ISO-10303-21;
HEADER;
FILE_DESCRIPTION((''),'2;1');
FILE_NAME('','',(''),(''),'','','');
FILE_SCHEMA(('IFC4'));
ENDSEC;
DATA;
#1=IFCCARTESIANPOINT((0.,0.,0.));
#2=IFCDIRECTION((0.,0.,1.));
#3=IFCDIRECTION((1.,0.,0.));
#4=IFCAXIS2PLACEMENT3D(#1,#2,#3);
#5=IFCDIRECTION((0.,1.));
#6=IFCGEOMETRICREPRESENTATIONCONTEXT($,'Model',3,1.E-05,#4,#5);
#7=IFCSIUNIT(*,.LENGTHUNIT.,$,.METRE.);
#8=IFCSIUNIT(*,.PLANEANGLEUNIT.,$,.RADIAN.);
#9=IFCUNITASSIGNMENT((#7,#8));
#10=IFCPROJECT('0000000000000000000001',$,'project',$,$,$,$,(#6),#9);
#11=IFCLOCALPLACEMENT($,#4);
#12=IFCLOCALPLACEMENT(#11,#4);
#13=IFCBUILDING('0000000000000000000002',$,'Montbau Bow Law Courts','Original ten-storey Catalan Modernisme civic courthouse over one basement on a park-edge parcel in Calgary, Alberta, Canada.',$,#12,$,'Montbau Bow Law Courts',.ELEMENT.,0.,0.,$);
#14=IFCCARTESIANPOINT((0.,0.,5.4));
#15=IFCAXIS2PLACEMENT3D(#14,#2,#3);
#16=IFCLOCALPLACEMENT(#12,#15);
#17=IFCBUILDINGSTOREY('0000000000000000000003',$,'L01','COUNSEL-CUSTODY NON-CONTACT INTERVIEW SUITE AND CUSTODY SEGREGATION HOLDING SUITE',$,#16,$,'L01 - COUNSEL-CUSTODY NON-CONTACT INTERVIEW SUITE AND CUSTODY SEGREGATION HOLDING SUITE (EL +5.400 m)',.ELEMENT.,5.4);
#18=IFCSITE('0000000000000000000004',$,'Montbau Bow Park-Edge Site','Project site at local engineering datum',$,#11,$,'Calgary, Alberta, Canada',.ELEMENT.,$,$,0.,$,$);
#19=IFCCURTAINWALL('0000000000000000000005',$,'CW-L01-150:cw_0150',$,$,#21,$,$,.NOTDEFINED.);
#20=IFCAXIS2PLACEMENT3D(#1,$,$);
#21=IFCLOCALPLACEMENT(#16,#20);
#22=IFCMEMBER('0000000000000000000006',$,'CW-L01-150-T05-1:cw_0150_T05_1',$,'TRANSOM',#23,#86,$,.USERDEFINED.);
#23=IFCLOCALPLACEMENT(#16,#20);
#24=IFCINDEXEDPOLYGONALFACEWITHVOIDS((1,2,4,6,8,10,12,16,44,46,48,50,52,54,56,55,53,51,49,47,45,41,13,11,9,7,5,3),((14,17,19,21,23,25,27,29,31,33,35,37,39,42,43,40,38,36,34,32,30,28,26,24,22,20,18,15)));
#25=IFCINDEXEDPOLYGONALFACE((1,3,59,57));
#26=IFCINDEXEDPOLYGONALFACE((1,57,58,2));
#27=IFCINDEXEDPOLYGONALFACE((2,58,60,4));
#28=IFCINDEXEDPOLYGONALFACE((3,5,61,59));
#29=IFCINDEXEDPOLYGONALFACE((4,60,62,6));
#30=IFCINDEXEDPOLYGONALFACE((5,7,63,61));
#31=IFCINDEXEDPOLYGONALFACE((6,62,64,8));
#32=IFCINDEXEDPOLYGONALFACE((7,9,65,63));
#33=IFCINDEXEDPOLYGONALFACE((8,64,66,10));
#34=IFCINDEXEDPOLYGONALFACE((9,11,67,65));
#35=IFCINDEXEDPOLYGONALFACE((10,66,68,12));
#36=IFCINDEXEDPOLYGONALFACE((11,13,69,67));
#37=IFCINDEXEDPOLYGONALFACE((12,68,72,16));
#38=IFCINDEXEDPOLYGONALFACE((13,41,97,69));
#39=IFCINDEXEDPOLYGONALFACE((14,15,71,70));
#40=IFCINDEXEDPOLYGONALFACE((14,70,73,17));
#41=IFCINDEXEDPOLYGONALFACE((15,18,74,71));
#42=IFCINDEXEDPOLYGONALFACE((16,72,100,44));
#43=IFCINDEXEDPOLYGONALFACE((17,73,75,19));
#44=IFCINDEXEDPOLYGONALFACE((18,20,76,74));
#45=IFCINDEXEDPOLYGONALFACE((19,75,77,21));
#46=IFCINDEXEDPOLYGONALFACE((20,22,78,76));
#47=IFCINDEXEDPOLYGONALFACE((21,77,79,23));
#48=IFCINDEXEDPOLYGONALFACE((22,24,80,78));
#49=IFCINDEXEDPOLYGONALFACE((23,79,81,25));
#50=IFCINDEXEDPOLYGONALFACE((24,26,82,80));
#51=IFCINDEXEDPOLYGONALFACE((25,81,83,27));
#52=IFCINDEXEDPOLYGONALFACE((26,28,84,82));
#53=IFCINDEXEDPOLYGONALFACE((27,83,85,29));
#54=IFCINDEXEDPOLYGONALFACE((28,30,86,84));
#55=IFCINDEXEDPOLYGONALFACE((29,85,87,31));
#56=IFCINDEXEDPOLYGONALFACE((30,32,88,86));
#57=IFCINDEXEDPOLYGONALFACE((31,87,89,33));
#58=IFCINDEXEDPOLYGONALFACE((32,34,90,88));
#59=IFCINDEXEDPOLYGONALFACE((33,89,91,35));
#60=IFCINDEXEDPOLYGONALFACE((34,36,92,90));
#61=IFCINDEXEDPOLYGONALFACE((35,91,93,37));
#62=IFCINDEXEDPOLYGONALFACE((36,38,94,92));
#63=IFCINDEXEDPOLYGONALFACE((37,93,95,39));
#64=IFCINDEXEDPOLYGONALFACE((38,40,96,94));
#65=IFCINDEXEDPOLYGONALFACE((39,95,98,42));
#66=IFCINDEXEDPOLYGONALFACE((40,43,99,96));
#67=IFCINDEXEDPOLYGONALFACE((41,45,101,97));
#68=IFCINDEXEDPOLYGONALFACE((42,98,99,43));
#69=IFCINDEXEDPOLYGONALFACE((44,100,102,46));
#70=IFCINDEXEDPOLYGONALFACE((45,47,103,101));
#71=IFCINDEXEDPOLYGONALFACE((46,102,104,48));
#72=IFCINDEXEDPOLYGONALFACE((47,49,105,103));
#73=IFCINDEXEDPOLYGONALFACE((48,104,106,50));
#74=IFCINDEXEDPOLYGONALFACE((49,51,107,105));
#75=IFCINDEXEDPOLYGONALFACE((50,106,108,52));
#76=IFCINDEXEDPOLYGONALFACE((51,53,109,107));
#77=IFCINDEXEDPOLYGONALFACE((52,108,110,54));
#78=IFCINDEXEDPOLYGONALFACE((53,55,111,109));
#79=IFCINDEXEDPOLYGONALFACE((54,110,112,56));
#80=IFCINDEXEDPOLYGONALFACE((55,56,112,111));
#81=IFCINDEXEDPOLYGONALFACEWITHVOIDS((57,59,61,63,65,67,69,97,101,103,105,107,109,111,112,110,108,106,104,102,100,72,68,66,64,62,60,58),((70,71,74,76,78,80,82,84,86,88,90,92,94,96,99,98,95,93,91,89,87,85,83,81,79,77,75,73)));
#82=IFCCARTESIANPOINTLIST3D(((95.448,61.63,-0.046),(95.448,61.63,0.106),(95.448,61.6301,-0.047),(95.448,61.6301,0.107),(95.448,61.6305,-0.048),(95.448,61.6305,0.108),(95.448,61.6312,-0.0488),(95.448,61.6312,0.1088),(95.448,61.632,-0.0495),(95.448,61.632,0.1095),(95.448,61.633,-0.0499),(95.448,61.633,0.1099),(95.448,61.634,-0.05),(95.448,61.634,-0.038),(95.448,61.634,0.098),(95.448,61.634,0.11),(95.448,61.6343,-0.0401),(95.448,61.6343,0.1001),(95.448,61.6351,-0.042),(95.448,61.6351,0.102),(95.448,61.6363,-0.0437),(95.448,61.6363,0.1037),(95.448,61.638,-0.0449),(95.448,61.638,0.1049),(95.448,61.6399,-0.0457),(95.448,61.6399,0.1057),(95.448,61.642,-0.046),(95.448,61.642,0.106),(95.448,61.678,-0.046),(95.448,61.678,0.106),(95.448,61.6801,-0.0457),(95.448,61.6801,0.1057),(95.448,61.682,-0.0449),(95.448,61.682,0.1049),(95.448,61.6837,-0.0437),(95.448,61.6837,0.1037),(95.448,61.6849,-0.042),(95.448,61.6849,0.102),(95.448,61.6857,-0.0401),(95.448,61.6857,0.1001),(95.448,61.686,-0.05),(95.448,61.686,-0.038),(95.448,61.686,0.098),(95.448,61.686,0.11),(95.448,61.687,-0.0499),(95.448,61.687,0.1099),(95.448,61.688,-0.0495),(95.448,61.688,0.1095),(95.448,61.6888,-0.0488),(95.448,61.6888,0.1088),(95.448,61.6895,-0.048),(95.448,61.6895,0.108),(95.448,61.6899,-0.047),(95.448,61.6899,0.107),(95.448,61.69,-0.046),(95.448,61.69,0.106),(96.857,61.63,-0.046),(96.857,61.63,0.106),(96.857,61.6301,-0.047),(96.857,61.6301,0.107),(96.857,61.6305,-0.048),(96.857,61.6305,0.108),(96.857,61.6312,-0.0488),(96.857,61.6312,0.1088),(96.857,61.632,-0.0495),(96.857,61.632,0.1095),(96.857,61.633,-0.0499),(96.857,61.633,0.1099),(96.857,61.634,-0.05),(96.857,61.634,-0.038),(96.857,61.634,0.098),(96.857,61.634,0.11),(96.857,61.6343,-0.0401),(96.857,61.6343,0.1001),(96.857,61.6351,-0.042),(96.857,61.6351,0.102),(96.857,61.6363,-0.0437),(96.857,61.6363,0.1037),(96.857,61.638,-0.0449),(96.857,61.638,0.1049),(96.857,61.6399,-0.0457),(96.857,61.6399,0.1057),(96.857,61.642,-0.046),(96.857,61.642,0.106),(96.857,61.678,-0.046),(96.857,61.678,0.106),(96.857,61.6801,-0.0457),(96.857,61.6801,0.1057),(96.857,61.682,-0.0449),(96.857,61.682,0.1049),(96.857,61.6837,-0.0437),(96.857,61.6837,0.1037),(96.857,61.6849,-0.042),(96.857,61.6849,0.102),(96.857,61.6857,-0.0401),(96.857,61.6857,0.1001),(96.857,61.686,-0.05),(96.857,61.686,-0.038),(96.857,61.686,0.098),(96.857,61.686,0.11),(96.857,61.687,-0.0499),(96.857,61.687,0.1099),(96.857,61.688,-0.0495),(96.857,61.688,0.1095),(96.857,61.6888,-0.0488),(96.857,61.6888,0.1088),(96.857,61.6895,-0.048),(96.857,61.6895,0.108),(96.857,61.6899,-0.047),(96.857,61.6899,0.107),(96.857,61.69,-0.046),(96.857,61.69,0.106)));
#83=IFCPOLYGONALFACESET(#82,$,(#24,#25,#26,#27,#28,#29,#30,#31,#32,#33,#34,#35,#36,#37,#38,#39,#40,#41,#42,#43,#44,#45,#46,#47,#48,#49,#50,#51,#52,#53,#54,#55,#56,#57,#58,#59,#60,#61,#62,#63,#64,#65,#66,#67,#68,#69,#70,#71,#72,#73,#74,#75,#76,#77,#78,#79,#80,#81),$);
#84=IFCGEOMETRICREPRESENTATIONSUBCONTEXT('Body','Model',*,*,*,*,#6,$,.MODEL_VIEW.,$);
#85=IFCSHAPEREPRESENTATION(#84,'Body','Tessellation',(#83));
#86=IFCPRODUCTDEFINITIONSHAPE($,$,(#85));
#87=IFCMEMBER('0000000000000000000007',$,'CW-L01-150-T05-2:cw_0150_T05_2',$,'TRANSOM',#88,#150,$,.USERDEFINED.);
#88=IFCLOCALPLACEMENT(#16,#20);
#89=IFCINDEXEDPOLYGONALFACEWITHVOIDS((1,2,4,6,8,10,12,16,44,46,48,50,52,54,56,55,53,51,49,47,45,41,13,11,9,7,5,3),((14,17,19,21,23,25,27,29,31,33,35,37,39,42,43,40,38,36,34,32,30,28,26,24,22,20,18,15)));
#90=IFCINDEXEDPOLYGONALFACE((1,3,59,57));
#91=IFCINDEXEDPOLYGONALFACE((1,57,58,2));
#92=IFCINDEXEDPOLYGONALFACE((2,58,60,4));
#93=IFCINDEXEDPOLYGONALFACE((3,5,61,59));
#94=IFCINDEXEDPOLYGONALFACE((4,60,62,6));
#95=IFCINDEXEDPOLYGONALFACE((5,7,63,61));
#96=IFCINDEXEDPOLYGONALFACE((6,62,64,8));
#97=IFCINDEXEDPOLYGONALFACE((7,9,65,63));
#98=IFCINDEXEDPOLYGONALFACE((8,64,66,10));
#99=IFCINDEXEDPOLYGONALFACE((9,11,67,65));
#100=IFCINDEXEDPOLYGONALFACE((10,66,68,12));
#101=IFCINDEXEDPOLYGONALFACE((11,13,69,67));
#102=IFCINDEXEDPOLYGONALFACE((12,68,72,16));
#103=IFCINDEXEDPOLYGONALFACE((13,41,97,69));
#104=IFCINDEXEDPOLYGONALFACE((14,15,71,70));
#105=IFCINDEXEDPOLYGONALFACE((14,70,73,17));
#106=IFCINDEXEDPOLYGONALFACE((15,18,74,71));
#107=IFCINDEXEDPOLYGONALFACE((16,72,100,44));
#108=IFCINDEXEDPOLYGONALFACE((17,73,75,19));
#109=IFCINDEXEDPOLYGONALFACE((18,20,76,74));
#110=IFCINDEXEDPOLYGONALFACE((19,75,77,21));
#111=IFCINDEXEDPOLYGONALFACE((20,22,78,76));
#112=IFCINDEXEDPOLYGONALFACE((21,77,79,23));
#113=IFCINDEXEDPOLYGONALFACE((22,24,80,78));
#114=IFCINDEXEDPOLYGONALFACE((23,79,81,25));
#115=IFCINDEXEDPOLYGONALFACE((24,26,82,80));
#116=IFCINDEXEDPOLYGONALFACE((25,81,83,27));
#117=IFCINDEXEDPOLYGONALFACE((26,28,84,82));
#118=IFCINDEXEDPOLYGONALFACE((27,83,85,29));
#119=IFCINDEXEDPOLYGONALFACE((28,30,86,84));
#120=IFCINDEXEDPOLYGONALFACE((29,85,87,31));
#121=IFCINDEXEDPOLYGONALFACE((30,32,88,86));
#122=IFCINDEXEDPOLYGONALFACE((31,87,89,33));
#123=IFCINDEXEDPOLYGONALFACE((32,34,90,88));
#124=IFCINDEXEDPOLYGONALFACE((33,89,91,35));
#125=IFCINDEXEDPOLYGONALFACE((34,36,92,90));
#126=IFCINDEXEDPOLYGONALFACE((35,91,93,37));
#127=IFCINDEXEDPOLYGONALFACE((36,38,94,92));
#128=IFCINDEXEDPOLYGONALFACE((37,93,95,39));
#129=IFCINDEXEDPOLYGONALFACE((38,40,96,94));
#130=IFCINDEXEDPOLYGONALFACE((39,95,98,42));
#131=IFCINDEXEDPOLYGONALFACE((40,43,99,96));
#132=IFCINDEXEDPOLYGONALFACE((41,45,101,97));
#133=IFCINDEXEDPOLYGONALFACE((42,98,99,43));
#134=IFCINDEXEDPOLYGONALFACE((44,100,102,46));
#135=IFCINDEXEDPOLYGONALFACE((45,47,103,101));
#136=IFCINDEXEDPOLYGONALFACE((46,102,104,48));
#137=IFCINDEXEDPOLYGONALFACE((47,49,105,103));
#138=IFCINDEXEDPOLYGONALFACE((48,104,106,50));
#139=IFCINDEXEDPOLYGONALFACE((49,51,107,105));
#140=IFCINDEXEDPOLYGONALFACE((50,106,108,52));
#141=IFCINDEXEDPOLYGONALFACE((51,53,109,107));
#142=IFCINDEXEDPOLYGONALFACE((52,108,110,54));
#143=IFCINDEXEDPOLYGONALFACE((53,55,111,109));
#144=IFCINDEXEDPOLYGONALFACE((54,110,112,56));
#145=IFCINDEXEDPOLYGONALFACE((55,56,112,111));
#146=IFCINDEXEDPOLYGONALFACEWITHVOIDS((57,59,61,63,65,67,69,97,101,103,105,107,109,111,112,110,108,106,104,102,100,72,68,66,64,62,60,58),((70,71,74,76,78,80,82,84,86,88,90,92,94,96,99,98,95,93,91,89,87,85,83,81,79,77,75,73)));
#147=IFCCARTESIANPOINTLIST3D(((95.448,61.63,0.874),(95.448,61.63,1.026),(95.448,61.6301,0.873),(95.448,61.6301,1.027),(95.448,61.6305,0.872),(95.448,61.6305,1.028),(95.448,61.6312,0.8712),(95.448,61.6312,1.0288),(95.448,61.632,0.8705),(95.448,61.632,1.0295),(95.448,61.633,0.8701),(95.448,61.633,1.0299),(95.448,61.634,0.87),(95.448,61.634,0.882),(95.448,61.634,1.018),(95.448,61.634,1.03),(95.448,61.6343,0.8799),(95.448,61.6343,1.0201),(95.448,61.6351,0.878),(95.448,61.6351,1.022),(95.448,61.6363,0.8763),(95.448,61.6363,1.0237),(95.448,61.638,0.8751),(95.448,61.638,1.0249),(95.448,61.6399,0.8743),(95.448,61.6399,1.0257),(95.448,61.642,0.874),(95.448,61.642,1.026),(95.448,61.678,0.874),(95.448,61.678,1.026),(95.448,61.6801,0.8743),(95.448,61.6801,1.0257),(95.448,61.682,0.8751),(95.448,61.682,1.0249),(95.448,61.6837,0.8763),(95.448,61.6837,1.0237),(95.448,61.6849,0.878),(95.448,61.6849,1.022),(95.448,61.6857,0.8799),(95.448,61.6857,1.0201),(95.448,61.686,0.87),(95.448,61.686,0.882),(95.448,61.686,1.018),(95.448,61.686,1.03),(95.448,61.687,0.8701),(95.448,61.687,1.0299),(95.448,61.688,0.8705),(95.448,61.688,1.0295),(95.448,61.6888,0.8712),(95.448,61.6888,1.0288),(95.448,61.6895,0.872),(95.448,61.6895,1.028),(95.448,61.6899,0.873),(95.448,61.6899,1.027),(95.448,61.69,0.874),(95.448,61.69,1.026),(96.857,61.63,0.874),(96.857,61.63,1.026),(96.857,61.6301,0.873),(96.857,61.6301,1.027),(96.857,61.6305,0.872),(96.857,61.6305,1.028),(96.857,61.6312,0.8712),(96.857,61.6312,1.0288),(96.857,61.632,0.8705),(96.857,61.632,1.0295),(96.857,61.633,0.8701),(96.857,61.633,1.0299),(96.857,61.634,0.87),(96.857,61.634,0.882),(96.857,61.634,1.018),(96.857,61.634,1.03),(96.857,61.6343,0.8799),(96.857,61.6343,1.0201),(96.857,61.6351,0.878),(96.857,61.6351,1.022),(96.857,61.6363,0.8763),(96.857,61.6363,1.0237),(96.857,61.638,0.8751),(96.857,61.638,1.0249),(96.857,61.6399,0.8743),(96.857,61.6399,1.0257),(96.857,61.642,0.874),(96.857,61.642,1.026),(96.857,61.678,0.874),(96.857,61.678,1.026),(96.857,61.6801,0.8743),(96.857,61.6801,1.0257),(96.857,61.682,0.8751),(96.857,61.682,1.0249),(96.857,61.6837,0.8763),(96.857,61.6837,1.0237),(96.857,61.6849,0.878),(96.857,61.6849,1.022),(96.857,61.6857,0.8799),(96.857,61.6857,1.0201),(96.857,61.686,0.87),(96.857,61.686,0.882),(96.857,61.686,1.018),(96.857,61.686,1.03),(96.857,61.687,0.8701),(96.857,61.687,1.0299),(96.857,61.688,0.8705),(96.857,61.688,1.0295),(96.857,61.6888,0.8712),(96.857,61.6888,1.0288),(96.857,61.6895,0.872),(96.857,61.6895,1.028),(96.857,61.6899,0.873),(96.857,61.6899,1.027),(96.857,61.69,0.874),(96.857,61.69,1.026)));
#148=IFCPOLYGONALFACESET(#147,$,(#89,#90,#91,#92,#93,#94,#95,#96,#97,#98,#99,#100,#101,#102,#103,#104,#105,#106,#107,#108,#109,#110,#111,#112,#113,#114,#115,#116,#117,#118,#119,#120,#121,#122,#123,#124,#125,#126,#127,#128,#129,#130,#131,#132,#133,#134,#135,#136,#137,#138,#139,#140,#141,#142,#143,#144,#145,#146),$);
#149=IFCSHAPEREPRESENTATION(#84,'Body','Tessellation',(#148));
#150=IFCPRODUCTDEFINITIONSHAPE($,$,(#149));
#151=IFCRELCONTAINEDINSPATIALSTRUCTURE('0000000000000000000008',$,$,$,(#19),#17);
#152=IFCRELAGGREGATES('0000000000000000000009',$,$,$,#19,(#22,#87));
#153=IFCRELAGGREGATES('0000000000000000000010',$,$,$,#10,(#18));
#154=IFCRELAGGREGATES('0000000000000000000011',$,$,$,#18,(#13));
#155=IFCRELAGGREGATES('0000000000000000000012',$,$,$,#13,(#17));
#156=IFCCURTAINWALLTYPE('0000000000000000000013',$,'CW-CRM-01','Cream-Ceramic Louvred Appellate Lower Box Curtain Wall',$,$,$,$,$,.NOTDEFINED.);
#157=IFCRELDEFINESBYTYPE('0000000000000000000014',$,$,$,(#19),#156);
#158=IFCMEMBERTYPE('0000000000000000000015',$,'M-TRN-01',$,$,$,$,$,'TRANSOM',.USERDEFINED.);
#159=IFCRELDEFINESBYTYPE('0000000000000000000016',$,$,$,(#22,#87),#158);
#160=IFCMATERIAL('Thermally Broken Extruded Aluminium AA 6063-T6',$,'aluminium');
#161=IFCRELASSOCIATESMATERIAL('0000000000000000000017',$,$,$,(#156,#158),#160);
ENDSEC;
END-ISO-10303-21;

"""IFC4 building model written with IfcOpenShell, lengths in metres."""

from ifc_helpers import new_model, si_unit, direction, frame, origin_with_axes, origin_2d_with_axis, place, context, subcontext, project, spatial, hollow_rectangle, extrude, material, material_profile, profile_set, type_object, element, aggregate, save


model = new_model("IFC4")

# Units and contexts
model_context = context("Model", 3, precision=1e-05, world=origin_with_axes(), true_north=direction((0.0, 1.0)))
body_context = subcontext(model_context, "Body", "Model", "MODEL_VIEW")
ifc_project = project(units=[si_unit("LENGTHUNIT", "METRE"), si_unit("PLANEANGLEUNIT", "RADIAN")], contexts=[model_context])

# Site, building, storey
site_placement = place(None, origin_with_axes())
site = spatial("IfcSite", under=ifc_project, at=site_placement, Name="Montbau Bow Park-Edge Site", Description="Project site at local engineering datum", LongName="Calgary, Alberta, Canada", CompositionType="ELEMENT", RefElevation=0.0)
building_placement = place(site_placement, origin_with_axes())
building = spatial("IfcBuilding", under=site, at=building_placement, Name="Montbau Bow Law Courts", Description="Original ten-storey Catalan Modernisme civic courthouse over one basement on a park-edge parcel in Calgary, Alberta, Canada.", LongName="Montbau Bow Law Courts", CompositionType="ELEMENT", ElevationOfRefHeight=0.0, ElevationOfTerrain=0.0)
storey_placement = place(building_placement, frame((0.0, 0.0, 5.4), z_axis=(0.0, 0.0, 1.0), x_axis=(1.0, 0.0, 0.0)))
storey = spatial("IfcBuildingStorey", under=building, at=storey_placement, Name="L01", Description="COUNSEL-CUSTODY NON-CONTACT INTERVIEW SUITE AND CUSTODY SEGREGATION HOLDING SUITE", LongName="L01 - COUNSEL-CUSTODY NON-CONTACT INTERVIEW SUITE AND CUSTODY SEGREGATION HOLDING SUITE (EL +5.400 m)", CompositionType="ELEMENT", Elevation=5.4)

# Curtain wall, members
ifc_material_1 = material(Name="Thermally Broken Extruded Aluminium AA 6063-T6", Category="aluminium")
curtain_wall_type = type_object("IfcCurtainWallType", Name="CW-CRM-01", Description="Cream-Ceramic Louvred Appellate Lower Box Curtain Wall", PredefinedType="NOTDEFINED", material=ifc_material_1)
curtain_wall_placement = place(None, frame((89.315, 61.66, 5.4), z_axis=(0.0, 0.0, 1.0), x_axis=(1.0, 0.0, 0.0)))
curtain_wall = element("IfcCurtainWall", 1, at=curtain_wall_placement, inside=storey, type_object=curtain_wall_type, Name="CW-L01-150:cw_0150", PredefinedType="NOTDEFINED")
ifc_material_profile_1 = material_profile(ifc_material_1, hollow_rectangle(XDim=0.06, YDim=0.16, WallThickness=0.004, InnerFilletRadius=0.008, OuterFilletRadius=0.004, at=origin_2d_with_axis()), Name="CWT-160X60", Category="Main", Priority=0)
ifc_profile_set_1 = profile_set([ifc_material_profile_1], Name="Thermally Broken Extruded Aluminium AA 6063-T6")
member_type_1 = type_object("IfcMemberType", Name="M-TRN-01", ElementType="TRANSOM", PredefinedType="USERDEFINED", material=ifc_profile_set_1)
member_1_placement = place(None, frame((95.448, 61.66, 5.43), z_axis=(1.0, 0.0, 0.0), x_axis=(0.0, 1.0, 0.0)))
member_1 = element("IfcMember", 2, at=member_1_placement, type_object=member_type_1, Name="CW-L01-150-T05-1:cw_0150_T05_1", ObjectType="TRANSOM", PredefinedType="USERDEFINED", context=body_context, shape_type="SweptSolid", body=[
    extrude(hollow_rectangle(XDim=0.06, YDim=0.16, WallThickness=0.004, InnerFilletRadius=0.008, OuterFilletRadius=0.004, at=origin_2d_with_axis()), origin_with_axes(), (0.0, 0.0, 1.0), 1.409),
])
member_2_placement = place(None, frame((95.448, 61.66, 6.35), z_axis=(1.0, 0.0, 0.0), x_axis=(0.0, 1.0, 0.0)))
member_2 = element("IfcMember", 3, at=member_2_placement, type_object=member_type_1, Name="CW-L01-150-T05-2:cw_0150_T05_2", ObjectType="TRANSOM", PredefinedType="USERDEFINED", context=body_context, shape_type="SweptSolid", body=[
    extrude(hollow_rectangle(XDim=0.06, YDim=0.16, WallThickness=0.004, InnerFilletRadius=0.008, OuterFilletRadius=0.004, at=origin_2d_with_axis()), origin_with_axes(), (0.0, 0.0, 1.0), 1.409),
])
aggregate(curtain_wall, [member_1, member_2])

save(model, "model.ifc")
